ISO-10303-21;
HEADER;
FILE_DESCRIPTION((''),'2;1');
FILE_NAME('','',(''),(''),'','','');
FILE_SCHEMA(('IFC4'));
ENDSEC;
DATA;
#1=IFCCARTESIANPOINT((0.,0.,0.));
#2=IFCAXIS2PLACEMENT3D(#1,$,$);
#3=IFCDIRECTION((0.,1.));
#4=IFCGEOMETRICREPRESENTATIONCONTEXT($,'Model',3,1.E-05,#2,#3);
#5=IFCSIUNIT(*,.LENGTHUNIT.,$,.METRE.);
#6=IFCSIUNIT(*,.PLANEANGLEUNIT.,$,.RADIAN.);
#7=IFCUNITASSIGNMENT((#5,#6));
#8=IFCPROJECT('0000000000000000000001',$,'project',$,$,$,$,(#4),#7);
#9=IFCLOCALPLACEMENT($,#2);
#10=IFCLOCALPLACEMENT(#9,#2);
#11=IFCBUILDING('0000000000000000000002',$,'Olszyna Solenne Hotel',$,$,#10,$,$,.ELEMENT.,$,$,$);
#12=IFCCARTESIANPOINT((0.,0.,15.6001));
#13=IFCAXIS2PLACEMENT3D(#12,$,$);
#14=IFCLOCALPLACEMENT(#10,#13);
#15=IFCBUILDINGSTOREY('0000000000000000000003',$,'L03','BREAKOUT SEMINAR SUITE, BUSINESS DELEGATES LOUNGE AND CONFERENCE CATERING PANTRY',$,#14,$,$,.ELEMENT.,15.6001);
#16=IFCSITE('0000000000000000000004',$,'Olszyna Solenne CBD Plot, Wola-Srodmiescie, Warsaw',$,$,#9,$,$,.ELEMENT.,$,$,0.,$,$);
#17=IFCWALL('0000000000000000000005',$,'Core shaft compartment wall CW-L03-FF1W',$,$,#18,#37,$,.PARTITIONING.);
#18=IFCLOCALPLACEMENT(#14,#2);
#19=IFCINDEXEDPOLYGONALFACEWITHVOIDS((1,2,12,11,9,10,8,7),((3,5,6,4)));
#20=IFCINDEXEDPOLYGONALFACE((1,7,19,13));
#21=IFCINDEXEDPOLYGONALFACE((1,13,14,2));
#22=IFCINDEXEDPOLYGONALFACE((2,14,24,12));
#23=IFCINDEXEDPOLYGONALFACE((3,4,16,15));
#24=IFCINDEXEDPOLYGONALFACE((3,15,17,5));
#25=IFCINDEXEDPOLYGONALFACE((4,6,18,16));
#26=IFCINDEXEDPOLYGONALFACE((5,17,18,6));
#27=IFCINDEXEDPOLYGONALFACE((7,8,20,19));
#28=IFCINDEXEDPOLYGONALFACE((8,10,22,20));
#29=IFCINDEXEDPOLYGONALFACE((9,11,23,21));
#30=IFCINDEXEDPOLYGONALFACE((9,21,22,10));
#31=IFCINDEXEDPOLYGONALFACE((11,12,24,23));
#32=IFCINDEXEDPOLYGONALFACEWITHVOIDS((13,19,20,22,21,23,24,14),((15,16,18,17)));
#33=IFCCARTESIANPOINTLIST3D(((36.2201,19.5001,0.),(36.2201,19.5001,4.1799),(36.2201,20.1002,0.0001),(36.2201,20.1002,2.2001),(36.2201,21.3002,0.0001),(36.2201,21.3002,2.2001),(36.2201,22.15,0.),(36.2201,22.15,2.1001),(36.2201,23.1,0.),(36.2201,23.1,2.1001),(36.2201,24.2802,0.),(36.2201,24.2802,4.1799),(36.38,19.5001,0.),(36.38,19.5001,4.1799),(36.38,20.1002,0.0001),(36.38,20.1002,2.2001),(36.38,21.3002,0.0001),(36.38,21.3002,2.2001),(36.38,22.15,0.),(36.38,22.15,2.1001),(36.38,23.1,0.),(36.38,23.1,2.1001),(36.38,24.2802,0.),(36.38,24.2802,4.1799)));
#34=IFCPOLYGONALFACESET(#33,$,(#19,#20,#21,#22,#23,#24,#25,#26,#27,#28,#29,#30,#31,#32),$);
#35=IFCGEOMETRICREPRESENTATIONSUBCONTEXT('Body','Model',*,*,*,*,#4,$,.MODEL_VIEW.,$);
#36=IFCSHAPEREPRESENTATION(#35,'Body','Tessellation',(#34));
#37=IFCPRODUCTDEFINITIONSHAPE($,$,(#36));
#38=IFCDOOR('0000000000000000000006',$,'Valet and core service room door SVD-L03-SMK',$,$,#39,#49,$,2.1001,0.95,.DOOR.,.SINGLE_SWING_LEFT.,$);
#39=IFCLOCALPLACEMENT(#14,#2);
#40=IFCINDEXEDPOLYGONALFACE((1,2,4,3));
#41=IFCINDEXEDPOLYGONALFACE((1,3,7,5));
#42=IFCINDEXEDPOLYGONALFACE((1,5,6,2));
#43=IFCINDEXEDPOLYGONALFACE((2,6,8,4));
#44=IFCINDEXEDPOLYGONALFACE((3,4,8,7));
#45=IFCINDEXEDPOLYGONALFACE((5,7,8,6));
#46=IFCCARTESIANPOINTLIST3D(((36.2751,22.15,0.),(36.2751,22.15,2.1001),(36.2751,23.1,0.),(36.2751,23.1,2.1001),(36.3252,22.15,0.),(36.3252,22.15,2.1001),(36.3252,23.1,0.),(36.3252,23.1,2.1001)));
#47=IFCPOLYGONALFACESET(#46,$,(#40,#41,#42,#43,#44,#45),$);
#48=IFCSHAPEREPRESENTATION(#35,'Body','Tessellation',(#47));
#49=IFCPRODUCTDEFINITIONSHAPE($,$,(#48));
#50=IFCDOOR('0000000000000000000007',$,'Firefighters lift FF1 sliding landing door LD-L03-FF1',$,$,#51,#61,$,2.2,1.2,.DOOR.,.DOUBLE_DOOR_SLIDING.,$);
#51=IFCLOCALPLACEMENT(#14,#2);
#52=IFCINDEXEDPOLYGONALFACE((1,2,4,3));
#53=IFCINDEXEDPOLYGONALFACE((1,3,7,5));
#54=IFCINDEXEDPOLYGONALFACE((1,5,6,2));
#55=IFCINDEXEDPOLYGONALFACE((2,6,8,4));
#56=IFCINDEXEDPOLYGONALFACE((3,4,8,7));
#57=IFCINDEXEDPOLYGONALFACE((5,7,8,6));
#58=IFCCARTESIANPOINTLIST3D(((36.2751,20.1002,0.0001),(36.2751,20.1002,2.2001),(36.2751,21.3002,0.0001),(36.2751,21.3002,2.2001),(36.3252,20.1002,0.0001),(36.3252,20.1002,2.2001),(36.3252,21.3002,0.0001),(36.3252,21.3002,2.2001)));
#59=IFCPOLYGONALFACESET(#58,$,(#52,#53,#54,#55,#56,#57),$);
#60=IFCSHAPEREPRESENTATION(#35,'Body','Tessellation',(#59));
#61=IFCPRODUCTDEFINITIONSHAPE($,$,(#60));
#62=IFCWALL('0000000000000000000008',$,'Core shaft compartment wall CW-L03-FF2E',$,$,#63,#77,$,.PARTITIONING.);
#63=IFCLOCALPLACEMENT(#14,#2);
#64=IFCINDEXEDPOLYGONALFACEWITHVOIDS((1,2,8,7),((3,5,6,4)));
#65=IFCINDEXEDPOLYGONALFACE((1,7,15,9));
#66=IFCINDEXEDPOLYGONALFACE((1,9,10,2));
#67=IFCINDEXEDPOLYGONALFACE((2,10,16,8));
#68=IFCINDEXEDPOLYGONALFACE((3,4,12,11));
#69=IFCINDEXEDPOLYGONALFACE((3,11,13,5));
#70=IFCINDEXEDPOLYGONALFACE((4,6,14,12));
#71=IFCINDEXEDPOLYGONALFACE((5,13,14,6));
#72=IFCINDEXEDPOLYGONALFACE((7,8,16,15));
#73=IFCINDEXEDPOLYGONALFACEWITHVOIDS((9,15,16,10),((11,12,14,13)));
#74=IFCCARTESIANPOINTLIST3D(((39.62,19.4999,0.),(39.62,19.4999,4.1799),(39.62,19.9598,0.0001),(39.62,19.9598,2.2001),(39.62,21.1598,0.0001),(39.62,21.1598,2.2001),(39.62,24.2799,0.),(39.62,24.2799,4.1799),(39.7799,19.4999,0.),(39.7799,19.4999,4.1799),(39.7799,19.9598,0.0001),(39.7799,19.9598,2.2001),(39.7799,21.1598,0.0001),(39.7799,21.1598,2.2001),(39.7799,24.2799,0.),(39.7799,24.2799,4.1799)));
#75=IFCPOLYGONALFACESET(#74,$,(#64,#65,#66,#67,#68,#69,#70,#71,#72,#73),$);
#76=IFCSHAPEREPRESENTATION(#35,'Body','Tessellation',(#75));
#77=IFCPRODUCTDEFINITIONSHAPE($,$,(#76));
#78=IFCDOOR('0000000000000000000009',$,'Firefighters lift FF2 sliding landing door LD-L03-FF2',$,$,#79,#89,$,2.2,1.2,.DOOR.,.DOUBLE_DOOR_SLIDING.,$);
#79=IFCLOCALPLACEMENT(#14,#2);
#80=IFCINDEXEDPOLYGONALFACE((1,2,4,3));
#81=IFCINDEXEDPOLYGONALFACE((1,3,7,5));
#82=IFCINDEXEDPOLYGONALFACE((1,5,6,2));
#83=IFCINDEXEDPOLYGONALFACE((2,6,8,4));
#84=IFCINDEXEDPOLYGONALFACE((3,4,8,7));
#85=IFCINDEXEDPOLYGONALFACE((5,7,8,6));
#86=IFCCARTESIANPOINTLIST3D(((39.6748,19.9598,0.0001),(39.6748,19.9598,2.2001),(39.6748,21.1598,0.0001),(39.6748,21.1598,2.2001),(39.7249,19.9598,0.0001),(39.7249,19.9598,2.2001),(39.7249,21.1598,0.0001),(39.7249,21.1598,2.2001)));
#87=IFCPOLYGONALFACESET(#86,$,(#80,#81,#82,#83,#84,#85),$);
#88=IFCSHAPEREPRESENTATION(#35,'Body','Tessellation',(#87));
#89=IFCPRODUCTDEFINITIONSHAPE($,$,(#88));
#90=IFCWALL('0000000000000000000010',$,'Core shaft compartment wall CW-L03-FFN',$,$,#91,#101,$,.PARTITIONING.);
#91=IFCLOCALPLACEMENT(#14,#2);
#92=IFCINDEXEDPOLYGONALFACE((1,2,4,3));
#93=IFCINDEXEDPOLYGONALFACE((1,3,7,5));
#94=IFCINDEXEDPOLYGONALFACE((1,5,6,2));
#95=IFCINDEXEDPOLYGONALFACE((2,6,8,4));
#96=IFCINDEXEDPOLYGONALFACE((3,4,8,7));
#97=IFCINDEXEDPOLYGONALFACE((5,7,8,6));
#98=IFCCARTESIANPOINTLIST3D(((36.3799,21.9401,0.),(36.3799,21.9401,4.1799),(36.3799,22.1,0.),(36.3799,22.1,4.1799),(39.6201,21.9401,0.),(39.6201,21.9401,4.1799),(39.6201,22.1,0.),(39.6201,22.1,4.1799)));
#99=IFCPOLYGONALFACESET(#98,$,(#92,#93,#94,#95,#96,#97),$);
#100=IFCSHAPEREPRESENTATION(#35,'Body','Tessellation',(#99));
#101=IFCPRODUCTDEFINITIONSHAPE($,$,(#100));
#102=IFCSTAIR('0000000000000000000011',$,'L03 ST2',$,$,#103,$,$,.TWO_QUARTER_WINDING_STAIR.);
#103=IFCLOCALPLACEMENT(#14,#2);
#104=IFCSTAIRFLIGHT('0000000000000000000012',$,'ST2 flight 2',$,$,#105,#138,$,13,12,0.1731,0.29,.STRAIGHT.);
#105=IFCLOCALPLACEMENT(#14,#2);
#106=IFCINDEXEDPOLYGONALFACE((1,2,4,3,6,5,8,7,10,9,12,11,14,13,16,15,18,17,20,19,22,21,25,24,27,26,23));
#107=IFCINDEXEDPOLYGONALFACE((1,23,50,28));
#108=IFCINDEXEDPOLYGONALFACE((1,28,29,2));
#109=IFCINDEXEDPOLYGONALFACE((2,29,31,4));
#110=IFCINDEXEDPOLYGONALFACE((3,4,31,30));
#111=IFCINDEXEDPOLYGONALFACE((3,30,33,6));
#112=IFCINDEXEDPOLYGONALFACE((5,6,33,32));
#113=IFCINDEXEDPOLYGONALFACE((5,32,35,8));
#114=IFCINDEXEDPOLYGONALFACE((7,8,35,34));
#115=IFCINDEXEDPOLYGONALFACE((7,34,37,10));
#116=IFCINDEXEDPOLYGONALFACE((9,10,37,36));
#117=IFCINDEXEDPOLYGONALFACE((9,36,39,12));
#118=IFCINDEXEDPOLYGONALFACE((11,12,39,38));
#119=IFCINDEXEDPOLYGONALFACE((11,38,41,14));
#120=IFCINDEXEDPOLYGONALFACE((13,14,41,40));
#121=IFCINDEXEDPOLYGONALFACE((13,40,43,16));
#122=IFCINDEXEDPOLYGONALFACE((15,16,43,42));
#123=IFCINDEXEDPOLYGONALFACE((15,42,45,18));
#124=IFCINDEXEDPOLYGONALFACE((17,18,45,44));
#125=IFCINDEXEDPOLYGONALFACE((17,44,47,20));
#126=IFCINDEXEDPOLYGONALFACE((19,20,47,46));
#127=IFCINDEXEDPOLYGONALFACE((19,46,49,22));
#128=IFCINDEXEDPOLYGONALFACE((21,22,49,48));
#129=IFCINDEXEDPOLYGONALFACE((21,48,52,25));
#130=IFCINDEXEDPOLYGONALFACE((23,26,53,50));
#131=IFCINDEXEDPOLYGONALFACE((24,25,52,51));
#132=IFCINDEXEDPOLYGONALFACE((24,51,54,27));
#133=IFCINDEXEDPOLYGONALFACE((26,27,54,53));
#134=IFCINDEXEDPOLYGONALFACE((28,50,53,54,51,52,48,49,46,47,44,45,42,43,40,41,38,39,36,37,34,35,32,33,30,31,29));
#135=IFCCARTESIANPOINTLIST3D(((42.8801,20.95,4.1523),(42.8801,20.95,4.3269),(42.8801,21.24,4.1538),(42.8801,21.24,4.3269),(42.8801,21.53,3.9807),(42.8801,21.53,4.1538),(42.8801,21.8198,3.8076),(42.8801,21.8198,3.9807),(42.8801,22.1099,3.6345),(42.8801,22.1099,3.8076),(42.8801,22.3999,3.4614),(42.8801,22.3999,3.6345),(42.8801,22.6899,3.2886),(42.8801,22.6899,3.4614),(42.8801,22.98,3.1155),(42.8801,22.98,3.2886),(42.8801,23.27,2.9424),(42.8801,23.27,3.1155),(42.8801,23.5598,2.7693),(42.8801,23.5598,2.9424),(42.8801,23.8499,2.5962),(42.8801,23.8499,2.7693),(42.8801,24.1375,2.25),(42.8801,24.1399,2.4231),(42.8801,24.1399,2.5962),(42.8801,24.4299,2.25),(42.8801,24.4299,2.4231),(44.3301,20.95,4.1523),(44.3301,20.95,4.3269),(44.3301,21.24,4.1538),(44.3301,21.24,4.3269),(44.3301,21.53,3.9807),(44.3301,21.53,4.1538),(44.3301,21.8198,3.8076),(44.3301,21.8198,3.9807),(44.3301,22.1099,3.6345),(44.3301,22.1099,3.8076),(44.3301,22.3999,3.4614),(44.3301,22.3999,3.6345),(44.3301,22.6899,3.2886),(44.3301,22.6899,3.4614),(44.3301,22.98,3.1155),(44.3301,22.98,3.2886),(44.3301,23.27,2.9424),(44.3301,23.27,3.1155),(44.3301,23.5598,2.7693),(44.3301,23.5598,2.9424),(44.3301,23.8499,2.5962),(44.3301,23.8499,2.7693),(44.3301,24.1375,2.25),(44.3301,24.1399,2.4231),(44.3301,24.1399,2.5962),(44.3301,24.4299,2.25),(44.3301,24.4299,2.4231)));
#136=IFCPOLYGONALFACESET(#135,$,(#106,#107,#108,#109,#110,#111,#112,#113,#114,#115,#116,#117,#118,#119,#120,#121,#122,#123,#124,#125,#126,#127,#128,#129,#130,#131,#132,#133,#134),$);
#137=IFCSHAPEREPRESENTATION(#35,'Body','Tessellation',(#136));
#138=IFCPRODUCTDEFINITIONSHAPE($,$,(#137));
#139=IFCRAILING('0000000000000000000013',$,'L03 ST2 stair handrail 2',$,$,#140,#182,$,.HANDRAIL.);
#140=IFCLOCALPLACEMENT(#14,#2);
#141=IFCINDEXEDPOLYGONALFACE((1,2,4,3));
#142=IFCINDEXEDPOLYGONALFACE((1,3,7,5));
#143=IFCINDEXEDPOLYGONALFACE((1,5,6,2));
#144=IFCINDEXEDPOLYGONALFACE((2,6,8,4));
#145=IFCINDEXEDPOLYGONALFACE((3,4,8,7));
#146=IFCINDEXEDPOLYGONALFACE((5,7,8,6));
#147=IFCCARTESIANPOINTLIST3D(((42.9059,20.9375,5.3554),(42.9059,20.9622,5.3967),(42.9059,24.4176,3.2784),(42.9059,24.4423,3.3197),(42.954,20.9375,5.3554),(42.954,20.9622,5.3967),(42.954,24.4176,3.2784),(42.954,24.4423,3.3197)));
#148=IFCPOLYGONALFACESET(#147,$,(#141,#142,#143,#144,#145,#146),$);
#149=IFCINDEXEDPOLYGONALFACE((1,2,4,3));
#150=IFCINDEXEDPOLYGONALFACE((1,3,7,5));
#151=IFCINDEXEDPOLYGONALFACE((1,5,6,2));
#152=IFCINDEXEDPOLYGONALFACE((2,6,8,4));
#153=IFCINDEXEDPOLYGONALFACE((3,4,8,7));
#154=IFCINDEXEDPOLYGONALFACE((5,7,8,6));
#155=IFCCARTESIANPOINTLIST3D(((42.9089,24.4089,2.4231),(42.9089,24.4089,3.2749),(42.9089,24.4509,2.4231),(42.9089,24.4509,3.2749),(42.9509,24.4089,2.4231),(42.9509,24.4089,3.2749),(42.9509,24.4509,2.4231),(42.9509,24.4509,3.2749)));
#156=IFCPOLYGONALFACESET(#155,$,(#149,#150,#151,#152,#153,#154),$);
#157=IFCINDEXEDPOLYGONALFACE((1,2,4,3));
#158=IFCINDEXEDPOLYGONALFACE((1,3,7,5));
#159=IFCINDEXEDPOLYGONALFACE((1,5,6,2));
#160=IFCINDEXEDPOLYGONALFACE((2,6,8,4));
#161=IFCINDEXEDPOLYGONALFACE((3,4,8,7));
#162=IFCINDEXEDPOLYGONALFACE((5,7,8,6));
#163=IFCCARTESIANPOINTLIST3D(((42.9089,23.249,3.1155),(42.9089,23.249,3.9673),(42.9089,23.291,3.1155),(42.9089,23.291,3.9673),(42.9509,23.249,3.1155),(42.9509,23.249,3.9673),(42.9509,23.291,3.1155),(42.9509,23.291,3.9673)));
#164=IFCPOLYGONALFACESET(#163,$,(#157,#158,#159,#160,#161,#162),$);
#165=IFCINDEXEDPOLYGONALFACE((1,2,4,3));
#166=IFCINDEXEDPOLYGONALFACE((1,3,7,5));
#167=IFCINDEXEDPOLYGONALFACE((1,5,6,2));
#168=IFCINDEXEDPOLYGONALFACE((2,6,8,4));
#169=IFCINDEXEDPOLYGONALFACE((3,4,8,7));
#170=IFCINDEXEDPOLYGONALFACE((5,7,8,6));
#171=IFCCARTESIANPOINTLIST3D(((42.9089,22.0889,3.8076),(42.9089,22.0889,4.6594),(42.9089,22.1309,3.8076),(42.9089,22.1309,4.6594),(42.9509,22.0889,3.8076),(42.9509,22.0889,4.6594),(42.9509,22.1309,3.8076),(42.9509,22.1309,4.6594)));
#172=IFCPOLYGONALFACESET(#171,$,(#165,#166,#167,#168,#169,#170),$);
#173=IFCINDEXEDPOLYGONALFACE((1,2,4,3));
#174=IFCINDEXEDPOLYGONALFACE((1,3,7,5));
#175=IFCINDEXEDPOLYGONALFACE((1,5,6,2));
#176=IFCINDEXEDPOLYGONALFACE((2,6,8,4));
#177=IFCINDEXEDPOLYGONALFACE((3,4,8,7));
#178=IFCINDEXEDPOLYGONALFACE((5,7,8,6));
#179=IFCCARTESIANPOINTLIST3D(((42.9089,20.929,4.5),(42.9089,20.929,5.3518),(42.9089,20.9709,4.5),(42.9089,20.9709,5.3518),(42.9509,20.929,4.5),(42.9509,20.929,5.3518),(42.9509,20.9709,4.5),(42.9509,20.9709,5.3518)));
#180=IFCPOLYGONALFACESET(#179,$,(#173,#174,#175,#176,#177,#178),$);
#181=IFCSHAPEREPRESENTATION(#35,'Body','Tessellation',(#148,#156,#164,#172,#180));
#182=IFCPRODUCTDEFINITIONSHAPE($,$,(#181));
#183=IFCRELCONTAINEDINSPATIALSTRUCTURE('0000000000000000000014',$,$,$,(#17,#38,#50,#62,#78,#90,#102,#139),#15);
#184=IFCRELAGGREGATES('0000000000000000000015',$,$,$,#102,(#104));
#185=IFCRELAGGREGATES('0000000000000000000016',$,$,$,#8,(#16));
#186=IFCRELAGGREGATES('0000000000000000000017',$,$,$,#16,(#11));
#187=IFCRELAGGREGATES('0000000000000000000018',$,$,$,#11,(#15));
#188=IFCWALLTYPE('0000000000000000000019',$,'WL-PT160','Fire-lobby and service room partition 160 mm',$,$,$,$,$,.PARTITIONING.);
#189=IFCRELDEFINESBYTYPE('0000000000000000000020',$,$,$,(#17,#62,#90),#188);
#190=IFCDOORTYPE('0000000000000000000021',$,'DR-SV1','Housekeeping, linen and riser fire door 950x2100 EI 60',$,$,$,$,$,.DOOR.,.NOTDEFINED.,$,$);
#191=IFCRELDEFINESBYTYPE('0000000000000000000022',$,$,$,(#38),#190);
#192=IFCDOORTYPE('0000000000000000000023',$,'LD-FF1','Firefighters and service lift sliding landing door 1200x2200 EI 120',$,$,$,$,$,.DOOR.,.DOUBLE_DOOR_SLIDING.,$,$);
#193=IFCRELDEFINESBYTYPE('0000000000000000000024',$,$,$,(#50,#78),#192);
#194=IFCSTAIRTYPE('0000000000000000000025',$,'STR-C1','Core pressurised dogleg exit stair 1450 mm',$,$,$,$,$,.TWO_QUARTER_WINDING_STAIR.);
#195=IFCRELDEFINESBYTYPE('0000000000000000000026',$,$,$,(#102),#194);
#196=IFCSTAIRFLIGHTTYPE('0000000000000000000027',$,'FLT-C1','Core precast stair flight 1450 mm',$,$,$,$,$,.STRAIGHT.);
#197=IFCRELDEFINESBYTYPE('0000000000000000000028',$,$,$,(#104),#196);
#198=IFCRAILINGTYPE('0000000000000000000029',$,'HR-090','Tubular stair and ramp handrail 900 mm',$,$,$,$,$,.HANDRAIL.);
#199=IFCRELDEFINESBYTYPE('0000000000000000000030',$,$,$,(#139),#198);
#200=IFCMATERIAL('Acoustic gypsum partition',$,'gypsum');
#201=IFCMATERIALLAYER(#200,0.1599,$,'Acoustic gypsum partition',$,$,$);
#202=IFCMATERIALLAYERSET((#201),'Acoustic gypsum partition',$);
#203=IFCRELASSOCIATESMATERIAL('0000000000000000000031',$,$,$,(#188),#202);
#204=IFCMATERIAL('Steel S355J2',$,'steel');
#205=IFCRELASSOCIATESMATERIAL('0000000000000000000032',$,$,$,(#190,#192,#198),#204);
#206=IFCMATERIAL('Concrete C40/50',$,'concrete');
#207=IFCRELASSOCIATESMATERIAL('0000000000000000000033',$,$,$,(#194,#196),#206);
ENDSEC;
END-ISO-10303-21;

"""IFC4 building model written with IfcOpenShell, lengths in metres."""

from ifc_helpers import new_model, si_unit, direction, frame, frame_2d, origin, origin_2d, place, context, subcontext, project, spatial, polyline, rectangle, outline, extrude, source, transform, mapped, material, layer, layer_set, type_object, type_shapes, element, fill, aggregate, save


model = new_model("IFC4")

# Units and contexts
model_context = context("Model", 3, precision=1e-05, world=origin(), true_north=direction((0.0, 1.0)))
body_context = subcontext(model_context, "Body", "Model", "MODEL_VIEW")
ifc_project = project(units=[si_unit("LENGTHUNIT", "METRE"), si_unit("PLANEANGLEUNIT", "RADIAN")], contexts=[model_context])

# Site, building, storey
site_placement = place(None, origin())
site = spatial("IfcSite", under=ifc_project, at=site_placement, Name="Olszyna Solenne CBD Plot, Wola-Srodmiescie, Warsaw", CompositionType="ELEMENT", RefElevation=0.0)
building_placement = place(site_placement, origin())
building = spatial("IfcBuilding", under=site, at=building_placement, Name="Olszyna Solenne Hotel", CompositionType="ELEMENT")
storey_placement = place(building_placement, frame((0.0, 0.0, 15.6001)))
storey = spatial("IfcBuildingStorey", under=building, at=storey_placement, Name="L03", Description="BREAKOUT SEMINAR SUITE, BUSINESS DELEGATES LOUNGE AND CONFERENCE CATERING PANTRY", CompositionType="ELEMENT", Elevation=15.6001)

# Shared definitions
ifc_material_1 = material(Name="Steel S355J2", Category="steel")

# Shared definitions
ifc_material_2 = material(Name="Acoustic gypsum partition", Category="gypsum")

# Wall, openings, doors
ifc_layer_1 = layer(ifc_material_2, 0.1599, Name="Acoustic gypsum partition")
ifc_layer_set_1 = layer_set([ifc_layer_1], Name="Acoustic gypsum partition")
wall_type_1 = type_object("IfcWallType", Name="WL-PT160", Description="Fire-lobby and service room partition 160 mm", PredefinedType="PARTITIONING", material=ifc_layer_set_1)
wall_1_placement = place(storey_placement, frame((36.3, 19.5, 0.0), z_axis=(0.0, 0.0, 1.0), x_axis=(0.0, 1.0, 0.0)))
wall_1 = element("IfcWall", 1, at=wall_1_placement, inside=storey, type_object=wall_type_1, Name="Core shaft compartment wall CW-L03-FF1W", PredefinedType="PARTITIONING", context=body_context, shape_type="SweptSolid", body=[
    extrude(rectangle(XDim=4.78, YDim=0.1599, at=frame_2d((2.3901, 0.0))), origin(), (0.0, 0.0, 1.0), 4.1799),
])
opening_1_placement = place(wall_1_placement, frame((0.6001, 0.0, 0.0)))
opening_1 = element("IfcOpeningElement", 2, at=opening_1_placement, cuts=wall_1, PredefinedType="OPENING", context=body_context, shape_type="SweptSolid", body=[
    extrude(rectangle(XDim=1.2, YDim=2.2, at=frame_2d((0.6001, 1.1001))), frame((0.0, 0.0898, 0.0), z_axis=(0.0, -1.0, 0.0), x_axis=(1.0, 0.0, 0.0)), (0.0, 0.0, 1.0), 0.1799),
])
opening_2_placement = place(wall_1_placement, frame((2.6499, 0.0, 0.0)))
opening_2 = element("IfcOpeningElement", 3, at=opening_2_placement, cuts=wall_1, PredefinedType="OPENING", context=body_context, shape_type="SweptSolid", body=[
    extrude(rectangle(XDim=0.95, YDim=2.1001, at=frame_2d((0.4751, 1.05))), frame((0.0, 0.0898, 0.0), z_axis=(0.0, -1.0, 0.0), x_axis=(1.0, 0.0, 0.0)), (0.0, 0.0, 1.0), 0.1799),
])
door_type_1 = type_object("IfcDoorType", Name="DR-SV1", Description="Housekeeping, linen and riser fire door 950x2100 EI 60", OperationType="NOTDEFINED", PredefinedType="DOOR", material=ifc_material_1)
shared_shape_1 = source(origin(), body_context, "Body", "SweptSolid", [
    extrude(rectangle(XDim=0.95, YDim=2.1001, at=frame_2d((0.4751, 1.05))), frame((0.0, 0.0249, 0.0), z_axis=(0.0, -1.0, 0.0), x_axis=(1.0, 0.0, 0.0)), (0.0, 0.0, 1.0), 0.05),
])
type_shapes(door_type_1, [shared_shape_1])
door_1_placement = place(opening_2_placement, origin())
door_1 = element("IfcDoor", 4, at=door_1_placement, inside=storey, type_object=door_type_1, Name="Valet and core service room door SVD-L03-SMK", OperationType="SINGLE_SWING_LEFT", OverallHeight=2.1001, OverallWidth=0.95, PredefinedType="DOOR", context=body_context, shape_type="MappedRepresentation", body=[
    mapped(shared_shape_1, transform((0.0, 0.0, 0.0), x_axis=(1.0, 0.0, 0.0), y_axis=(0.0, 1.0, 0.0), z_axis=(0.0, 0.0, 1.0), scale=1.0)),
])
fill(opening_2, door_1)
door_type_2 = type_object("IfcDoorType", Name="LD-FF1", Description="Firefighters and service lift sliding landing door 1200x2200 EI 120", OperationType="DOUBLE_DOOR_SLIDING", PredefinedType="DOOR", material=ifc_material_1)
shared_shape_2 = source(origin(), body_context, "Body", "SweptSolid", [
    extrude(rectangle(XDim=1.2, YDim=2.2, at=frame_2d((0.6001, 1.1001))), frame((0.0, 0.0249, 0.0), z_axis=(0.0, -1.0, 0.0), x_axis=(1.0, 0.0, 0.0)), (0.0, 0.0, 1.0), 0.05),
])
type_shapes(door_type_2, [shared_shape_2])
door_2_placement = place(opening_1_placement, origin())
door_2 = element("IfcDoor", 5, at=door_2_placement, inside=storey, type_object=door_type_2, Name="Firefighters lift FF1 sliding landing door LD-L03-FF1", OperationType="DOUBLE_DOOR_SLIDING", OverallHeight=2.2, OverallWidth=1.2, PredefinedType="DOOR", context=body_context, shape_type="MappedRepresentation", body=[
    mapped(shared_shape_2, transform((0.0, 0.0, 0.0), x_axis=(1.0, 0.0, 0.0), y_axis=(0.0, 1.0, 0.0), z_axis=(0.0, 0.0, 1.0), scale=1.0)),
])
fill(opening_1, door_2)

# Wall, opening, door
wall_2_placement = place(storey_placement, frame((39.7, 24.28, 0.0), z_axis=(0.0, 0.0, 1.0), x_axis=(0.0, -1.0, 0.0)))
wall_2 = element("IfcWall", 6, at=wall_2_placement, inside=storey, type_object=wall_type_1, Name="Core shaft compartment wall CW-L03-FF2E", PredefinedType="PARTITIONING", context=body_context, shape_type="SweptSolid", body=[
    extrude(rectangle(XDim=4.78, YDim=0.1599, at=frame_2d((2.3901, 0.0))), origin(), (0.0, 0.0, 1.0), 4.1799),
])
opening_3_placement = place(wall_2_placement, frame((3.1201, 0.0, 0.0)))
opening_3 = element("IfcOpeningElement", 7, at=opening_3_placement, cuts=wall_2, PredefinedType="OPENING", context=body_context, shape_type="SweptSolid", body=[
    extrude(rectangle(XDim=1.2, YDim=2.2, at=frame_2d((0.6001, 1.1001))), frame((0.0, 0.0898, 0.0), z_axis=(0.0, -1.0, 0.0), x_axis=(1.0, 0.0, 0.0)), (0.0, 0.0, 1.0), 0.1799),
])
door_3_placement = place(opening_3_placement, origin())
door_3 = element("IfcDoor", 8, at=door_3_placement, inside=storey, type_object=door_type_2, Name="Firefighters lift FF2 sliding landing door LD-L03-FF2", OperationType="DOUBLE_DOOR_SLIDING", OverallHeight=2.2, OverallWidth=1.2, PredefinedType="DOOR", context=body_context, shape_type="MappedRepresentation", body=[
    mapped(shared_shape_2, transform((0.0, 0.0, 0.0), x_axis=(1.0, 0.0, 0.0), y_axis=(0.0, 1.0, 0.0), z_axis=(0.0, 0.0, 1.0), scale=1.0)),
])
fill(opening_3, door_3)

# Wall
wall_3_placement = place(storey_placement, frame((36.3799, 22.02, 0.0), z_axis=(0.0, 0.0, 1.0), x_axis=(1.0, 0.0, 0.0)))
element("IfcWall", 9, at=wall_3_placement, inside=storey, type_object=wall_type_1, Name="Core shaft compartment wall CW-L03-FFN", PredefinedType="PARTITIONING", context=body_context, shape_type="SweptSolid", body=[
    extrude(rectangle(XDim=3.2402, YDim=0.1599, at=frame_2d((1.6201, 0.0))), origin(), (0.0, 0.0, 1.0), 4.1799),
])

# Stair, stair flight
ifc_material_3 = material(Name="Concrete C40/50", Category="concrete")
stair_type = type_object("IfcStairType", Name="STR-C1", Description="Core pressurised dogleg exit stair 1450 mm", PredefinedType="TWO_QUARTER_WINDING_STAIR", material=ifc_material_3)
stair_placement = place(storey_placement, origin())
stair = element("IfcStair", 10, at=stair_placement, inside=storey, type_object=stair_type, Name="L03 ST2", PredefinedType="TWO_QUARTER_WINDING_STAIR")
stair_flight_type = type_object("IfcStairFlightType", Name="FLT-C1", Description="Core precast stair flight 1450 mm", PredefinedType="STRAIGHT", material=ifc_material_3)
stair_flight_placement = place(storey_placement, frame((43.605, 24.4299, 2.25), z_axis=(0.0, 0.0, 1.0), x_axis=(0.0, -1.0, 0.0)))
stair_flight = element("IfcStairFlight", 11, at=stair_flight_placement, type_object=stair_flight_type, Name="ST2 flight 2", NumberOfRisers=13, NumberOfTreads=12, PredefinedType="STRAIGHT", RiserHeight=0.1731, TreadLength=0.29, context=body_context, shape_type="SweptSolid", body=[
    extrude(outline(polyline([(0.0, 0.0), (0.0, 0.1731), (0.29, 0.1731), (0.29, 0.3462), (0.5801, 0.3462), (0.5801, 0.5193), (0.8701, 0.5193), (0.8701, 0.6924), (1.1599, 0.6924), (1.1599, 0.8655), (1.45, 0.8655), (1.45, 1.0386), (1.74, 1.0386), (1.74, 1.2114), (2.03, 1.2114), (2.03, 1.3845), (2.3201, 1.3845), (2.3201, 1.5576), (2.6101, 1.5576), (2.6101, 1.7307), (2.8999, 1.7307), (2.8999, 1.9038), (3.1899, 1.9038), (3.1899, 2.0769), (3.48, 2.0769), (3.48, 2.25), (3.48, 1.9023), (0.2925, 0.0), (0.0, 0.0)])), frame((0.0, 0.7251, 0.0), z_axis=(0.0, -1.0, 0.0), x_axis=(1.0, 0.0, 0.0)), (0.0, 0.0, 1.0), 1.45),
])
aggregate(stair, [stair_flight])

# Railing
railing_type = type_object("IfcRailingType", Name="HR-090", Description="Tubular stair and ramp handrail 900 mm", PredefinedType="HANDRAIL", material=ifc_material_1)
railing_placement = place(storey_placement, frame((42.9299, 24.4299, 2.4231)))
element("IfcRailing", 12, at=railing_placement, inside=storey, type_object=railing_type, Name="L03 ST2 stair handrail 2", PredefinedType="HANDRAIL", context=body_context, shape_type="SweptSolid", body=[
    extrude(rectangle(XDim=0.0481, YDim=0.0481, at=origin_2d()), frame((0.0, 0.0, 0.876), z_axis=(0.0, -0.858697, 0.512483), x_axis=(1.0, 0.0, 0.0)), (0.0, 0.0, 1.0), 4.0527),
    extrude(rectangle(XDim=0.042, YDim=0.042, at=origin_2d()), origin(), (0.0, 0.0, 1.0), 0.8518),
    extrude(rectangle(XDim=0.042, YDim=0.042, at=origin_2d()), frame((0.0, -1.1599, 0.6924)), (0.0, 0.0, 1.0), 0.8518),
    extrude(rectangle(XDim=0.042, YDim=0.042, at=origin_2d()), frame((0.0, -2.3201, 1.3845)), (0.0, 0.0, 1.0), 0.8518),
    extrude(rectangle(XDim=0.042, YDim=0.042, at=origin_2d()), frame((0.0, -3.48, 2.0769)), (0.0, 0.0, 1.0), 0.8518),
])

save(model, "model.ifc")
